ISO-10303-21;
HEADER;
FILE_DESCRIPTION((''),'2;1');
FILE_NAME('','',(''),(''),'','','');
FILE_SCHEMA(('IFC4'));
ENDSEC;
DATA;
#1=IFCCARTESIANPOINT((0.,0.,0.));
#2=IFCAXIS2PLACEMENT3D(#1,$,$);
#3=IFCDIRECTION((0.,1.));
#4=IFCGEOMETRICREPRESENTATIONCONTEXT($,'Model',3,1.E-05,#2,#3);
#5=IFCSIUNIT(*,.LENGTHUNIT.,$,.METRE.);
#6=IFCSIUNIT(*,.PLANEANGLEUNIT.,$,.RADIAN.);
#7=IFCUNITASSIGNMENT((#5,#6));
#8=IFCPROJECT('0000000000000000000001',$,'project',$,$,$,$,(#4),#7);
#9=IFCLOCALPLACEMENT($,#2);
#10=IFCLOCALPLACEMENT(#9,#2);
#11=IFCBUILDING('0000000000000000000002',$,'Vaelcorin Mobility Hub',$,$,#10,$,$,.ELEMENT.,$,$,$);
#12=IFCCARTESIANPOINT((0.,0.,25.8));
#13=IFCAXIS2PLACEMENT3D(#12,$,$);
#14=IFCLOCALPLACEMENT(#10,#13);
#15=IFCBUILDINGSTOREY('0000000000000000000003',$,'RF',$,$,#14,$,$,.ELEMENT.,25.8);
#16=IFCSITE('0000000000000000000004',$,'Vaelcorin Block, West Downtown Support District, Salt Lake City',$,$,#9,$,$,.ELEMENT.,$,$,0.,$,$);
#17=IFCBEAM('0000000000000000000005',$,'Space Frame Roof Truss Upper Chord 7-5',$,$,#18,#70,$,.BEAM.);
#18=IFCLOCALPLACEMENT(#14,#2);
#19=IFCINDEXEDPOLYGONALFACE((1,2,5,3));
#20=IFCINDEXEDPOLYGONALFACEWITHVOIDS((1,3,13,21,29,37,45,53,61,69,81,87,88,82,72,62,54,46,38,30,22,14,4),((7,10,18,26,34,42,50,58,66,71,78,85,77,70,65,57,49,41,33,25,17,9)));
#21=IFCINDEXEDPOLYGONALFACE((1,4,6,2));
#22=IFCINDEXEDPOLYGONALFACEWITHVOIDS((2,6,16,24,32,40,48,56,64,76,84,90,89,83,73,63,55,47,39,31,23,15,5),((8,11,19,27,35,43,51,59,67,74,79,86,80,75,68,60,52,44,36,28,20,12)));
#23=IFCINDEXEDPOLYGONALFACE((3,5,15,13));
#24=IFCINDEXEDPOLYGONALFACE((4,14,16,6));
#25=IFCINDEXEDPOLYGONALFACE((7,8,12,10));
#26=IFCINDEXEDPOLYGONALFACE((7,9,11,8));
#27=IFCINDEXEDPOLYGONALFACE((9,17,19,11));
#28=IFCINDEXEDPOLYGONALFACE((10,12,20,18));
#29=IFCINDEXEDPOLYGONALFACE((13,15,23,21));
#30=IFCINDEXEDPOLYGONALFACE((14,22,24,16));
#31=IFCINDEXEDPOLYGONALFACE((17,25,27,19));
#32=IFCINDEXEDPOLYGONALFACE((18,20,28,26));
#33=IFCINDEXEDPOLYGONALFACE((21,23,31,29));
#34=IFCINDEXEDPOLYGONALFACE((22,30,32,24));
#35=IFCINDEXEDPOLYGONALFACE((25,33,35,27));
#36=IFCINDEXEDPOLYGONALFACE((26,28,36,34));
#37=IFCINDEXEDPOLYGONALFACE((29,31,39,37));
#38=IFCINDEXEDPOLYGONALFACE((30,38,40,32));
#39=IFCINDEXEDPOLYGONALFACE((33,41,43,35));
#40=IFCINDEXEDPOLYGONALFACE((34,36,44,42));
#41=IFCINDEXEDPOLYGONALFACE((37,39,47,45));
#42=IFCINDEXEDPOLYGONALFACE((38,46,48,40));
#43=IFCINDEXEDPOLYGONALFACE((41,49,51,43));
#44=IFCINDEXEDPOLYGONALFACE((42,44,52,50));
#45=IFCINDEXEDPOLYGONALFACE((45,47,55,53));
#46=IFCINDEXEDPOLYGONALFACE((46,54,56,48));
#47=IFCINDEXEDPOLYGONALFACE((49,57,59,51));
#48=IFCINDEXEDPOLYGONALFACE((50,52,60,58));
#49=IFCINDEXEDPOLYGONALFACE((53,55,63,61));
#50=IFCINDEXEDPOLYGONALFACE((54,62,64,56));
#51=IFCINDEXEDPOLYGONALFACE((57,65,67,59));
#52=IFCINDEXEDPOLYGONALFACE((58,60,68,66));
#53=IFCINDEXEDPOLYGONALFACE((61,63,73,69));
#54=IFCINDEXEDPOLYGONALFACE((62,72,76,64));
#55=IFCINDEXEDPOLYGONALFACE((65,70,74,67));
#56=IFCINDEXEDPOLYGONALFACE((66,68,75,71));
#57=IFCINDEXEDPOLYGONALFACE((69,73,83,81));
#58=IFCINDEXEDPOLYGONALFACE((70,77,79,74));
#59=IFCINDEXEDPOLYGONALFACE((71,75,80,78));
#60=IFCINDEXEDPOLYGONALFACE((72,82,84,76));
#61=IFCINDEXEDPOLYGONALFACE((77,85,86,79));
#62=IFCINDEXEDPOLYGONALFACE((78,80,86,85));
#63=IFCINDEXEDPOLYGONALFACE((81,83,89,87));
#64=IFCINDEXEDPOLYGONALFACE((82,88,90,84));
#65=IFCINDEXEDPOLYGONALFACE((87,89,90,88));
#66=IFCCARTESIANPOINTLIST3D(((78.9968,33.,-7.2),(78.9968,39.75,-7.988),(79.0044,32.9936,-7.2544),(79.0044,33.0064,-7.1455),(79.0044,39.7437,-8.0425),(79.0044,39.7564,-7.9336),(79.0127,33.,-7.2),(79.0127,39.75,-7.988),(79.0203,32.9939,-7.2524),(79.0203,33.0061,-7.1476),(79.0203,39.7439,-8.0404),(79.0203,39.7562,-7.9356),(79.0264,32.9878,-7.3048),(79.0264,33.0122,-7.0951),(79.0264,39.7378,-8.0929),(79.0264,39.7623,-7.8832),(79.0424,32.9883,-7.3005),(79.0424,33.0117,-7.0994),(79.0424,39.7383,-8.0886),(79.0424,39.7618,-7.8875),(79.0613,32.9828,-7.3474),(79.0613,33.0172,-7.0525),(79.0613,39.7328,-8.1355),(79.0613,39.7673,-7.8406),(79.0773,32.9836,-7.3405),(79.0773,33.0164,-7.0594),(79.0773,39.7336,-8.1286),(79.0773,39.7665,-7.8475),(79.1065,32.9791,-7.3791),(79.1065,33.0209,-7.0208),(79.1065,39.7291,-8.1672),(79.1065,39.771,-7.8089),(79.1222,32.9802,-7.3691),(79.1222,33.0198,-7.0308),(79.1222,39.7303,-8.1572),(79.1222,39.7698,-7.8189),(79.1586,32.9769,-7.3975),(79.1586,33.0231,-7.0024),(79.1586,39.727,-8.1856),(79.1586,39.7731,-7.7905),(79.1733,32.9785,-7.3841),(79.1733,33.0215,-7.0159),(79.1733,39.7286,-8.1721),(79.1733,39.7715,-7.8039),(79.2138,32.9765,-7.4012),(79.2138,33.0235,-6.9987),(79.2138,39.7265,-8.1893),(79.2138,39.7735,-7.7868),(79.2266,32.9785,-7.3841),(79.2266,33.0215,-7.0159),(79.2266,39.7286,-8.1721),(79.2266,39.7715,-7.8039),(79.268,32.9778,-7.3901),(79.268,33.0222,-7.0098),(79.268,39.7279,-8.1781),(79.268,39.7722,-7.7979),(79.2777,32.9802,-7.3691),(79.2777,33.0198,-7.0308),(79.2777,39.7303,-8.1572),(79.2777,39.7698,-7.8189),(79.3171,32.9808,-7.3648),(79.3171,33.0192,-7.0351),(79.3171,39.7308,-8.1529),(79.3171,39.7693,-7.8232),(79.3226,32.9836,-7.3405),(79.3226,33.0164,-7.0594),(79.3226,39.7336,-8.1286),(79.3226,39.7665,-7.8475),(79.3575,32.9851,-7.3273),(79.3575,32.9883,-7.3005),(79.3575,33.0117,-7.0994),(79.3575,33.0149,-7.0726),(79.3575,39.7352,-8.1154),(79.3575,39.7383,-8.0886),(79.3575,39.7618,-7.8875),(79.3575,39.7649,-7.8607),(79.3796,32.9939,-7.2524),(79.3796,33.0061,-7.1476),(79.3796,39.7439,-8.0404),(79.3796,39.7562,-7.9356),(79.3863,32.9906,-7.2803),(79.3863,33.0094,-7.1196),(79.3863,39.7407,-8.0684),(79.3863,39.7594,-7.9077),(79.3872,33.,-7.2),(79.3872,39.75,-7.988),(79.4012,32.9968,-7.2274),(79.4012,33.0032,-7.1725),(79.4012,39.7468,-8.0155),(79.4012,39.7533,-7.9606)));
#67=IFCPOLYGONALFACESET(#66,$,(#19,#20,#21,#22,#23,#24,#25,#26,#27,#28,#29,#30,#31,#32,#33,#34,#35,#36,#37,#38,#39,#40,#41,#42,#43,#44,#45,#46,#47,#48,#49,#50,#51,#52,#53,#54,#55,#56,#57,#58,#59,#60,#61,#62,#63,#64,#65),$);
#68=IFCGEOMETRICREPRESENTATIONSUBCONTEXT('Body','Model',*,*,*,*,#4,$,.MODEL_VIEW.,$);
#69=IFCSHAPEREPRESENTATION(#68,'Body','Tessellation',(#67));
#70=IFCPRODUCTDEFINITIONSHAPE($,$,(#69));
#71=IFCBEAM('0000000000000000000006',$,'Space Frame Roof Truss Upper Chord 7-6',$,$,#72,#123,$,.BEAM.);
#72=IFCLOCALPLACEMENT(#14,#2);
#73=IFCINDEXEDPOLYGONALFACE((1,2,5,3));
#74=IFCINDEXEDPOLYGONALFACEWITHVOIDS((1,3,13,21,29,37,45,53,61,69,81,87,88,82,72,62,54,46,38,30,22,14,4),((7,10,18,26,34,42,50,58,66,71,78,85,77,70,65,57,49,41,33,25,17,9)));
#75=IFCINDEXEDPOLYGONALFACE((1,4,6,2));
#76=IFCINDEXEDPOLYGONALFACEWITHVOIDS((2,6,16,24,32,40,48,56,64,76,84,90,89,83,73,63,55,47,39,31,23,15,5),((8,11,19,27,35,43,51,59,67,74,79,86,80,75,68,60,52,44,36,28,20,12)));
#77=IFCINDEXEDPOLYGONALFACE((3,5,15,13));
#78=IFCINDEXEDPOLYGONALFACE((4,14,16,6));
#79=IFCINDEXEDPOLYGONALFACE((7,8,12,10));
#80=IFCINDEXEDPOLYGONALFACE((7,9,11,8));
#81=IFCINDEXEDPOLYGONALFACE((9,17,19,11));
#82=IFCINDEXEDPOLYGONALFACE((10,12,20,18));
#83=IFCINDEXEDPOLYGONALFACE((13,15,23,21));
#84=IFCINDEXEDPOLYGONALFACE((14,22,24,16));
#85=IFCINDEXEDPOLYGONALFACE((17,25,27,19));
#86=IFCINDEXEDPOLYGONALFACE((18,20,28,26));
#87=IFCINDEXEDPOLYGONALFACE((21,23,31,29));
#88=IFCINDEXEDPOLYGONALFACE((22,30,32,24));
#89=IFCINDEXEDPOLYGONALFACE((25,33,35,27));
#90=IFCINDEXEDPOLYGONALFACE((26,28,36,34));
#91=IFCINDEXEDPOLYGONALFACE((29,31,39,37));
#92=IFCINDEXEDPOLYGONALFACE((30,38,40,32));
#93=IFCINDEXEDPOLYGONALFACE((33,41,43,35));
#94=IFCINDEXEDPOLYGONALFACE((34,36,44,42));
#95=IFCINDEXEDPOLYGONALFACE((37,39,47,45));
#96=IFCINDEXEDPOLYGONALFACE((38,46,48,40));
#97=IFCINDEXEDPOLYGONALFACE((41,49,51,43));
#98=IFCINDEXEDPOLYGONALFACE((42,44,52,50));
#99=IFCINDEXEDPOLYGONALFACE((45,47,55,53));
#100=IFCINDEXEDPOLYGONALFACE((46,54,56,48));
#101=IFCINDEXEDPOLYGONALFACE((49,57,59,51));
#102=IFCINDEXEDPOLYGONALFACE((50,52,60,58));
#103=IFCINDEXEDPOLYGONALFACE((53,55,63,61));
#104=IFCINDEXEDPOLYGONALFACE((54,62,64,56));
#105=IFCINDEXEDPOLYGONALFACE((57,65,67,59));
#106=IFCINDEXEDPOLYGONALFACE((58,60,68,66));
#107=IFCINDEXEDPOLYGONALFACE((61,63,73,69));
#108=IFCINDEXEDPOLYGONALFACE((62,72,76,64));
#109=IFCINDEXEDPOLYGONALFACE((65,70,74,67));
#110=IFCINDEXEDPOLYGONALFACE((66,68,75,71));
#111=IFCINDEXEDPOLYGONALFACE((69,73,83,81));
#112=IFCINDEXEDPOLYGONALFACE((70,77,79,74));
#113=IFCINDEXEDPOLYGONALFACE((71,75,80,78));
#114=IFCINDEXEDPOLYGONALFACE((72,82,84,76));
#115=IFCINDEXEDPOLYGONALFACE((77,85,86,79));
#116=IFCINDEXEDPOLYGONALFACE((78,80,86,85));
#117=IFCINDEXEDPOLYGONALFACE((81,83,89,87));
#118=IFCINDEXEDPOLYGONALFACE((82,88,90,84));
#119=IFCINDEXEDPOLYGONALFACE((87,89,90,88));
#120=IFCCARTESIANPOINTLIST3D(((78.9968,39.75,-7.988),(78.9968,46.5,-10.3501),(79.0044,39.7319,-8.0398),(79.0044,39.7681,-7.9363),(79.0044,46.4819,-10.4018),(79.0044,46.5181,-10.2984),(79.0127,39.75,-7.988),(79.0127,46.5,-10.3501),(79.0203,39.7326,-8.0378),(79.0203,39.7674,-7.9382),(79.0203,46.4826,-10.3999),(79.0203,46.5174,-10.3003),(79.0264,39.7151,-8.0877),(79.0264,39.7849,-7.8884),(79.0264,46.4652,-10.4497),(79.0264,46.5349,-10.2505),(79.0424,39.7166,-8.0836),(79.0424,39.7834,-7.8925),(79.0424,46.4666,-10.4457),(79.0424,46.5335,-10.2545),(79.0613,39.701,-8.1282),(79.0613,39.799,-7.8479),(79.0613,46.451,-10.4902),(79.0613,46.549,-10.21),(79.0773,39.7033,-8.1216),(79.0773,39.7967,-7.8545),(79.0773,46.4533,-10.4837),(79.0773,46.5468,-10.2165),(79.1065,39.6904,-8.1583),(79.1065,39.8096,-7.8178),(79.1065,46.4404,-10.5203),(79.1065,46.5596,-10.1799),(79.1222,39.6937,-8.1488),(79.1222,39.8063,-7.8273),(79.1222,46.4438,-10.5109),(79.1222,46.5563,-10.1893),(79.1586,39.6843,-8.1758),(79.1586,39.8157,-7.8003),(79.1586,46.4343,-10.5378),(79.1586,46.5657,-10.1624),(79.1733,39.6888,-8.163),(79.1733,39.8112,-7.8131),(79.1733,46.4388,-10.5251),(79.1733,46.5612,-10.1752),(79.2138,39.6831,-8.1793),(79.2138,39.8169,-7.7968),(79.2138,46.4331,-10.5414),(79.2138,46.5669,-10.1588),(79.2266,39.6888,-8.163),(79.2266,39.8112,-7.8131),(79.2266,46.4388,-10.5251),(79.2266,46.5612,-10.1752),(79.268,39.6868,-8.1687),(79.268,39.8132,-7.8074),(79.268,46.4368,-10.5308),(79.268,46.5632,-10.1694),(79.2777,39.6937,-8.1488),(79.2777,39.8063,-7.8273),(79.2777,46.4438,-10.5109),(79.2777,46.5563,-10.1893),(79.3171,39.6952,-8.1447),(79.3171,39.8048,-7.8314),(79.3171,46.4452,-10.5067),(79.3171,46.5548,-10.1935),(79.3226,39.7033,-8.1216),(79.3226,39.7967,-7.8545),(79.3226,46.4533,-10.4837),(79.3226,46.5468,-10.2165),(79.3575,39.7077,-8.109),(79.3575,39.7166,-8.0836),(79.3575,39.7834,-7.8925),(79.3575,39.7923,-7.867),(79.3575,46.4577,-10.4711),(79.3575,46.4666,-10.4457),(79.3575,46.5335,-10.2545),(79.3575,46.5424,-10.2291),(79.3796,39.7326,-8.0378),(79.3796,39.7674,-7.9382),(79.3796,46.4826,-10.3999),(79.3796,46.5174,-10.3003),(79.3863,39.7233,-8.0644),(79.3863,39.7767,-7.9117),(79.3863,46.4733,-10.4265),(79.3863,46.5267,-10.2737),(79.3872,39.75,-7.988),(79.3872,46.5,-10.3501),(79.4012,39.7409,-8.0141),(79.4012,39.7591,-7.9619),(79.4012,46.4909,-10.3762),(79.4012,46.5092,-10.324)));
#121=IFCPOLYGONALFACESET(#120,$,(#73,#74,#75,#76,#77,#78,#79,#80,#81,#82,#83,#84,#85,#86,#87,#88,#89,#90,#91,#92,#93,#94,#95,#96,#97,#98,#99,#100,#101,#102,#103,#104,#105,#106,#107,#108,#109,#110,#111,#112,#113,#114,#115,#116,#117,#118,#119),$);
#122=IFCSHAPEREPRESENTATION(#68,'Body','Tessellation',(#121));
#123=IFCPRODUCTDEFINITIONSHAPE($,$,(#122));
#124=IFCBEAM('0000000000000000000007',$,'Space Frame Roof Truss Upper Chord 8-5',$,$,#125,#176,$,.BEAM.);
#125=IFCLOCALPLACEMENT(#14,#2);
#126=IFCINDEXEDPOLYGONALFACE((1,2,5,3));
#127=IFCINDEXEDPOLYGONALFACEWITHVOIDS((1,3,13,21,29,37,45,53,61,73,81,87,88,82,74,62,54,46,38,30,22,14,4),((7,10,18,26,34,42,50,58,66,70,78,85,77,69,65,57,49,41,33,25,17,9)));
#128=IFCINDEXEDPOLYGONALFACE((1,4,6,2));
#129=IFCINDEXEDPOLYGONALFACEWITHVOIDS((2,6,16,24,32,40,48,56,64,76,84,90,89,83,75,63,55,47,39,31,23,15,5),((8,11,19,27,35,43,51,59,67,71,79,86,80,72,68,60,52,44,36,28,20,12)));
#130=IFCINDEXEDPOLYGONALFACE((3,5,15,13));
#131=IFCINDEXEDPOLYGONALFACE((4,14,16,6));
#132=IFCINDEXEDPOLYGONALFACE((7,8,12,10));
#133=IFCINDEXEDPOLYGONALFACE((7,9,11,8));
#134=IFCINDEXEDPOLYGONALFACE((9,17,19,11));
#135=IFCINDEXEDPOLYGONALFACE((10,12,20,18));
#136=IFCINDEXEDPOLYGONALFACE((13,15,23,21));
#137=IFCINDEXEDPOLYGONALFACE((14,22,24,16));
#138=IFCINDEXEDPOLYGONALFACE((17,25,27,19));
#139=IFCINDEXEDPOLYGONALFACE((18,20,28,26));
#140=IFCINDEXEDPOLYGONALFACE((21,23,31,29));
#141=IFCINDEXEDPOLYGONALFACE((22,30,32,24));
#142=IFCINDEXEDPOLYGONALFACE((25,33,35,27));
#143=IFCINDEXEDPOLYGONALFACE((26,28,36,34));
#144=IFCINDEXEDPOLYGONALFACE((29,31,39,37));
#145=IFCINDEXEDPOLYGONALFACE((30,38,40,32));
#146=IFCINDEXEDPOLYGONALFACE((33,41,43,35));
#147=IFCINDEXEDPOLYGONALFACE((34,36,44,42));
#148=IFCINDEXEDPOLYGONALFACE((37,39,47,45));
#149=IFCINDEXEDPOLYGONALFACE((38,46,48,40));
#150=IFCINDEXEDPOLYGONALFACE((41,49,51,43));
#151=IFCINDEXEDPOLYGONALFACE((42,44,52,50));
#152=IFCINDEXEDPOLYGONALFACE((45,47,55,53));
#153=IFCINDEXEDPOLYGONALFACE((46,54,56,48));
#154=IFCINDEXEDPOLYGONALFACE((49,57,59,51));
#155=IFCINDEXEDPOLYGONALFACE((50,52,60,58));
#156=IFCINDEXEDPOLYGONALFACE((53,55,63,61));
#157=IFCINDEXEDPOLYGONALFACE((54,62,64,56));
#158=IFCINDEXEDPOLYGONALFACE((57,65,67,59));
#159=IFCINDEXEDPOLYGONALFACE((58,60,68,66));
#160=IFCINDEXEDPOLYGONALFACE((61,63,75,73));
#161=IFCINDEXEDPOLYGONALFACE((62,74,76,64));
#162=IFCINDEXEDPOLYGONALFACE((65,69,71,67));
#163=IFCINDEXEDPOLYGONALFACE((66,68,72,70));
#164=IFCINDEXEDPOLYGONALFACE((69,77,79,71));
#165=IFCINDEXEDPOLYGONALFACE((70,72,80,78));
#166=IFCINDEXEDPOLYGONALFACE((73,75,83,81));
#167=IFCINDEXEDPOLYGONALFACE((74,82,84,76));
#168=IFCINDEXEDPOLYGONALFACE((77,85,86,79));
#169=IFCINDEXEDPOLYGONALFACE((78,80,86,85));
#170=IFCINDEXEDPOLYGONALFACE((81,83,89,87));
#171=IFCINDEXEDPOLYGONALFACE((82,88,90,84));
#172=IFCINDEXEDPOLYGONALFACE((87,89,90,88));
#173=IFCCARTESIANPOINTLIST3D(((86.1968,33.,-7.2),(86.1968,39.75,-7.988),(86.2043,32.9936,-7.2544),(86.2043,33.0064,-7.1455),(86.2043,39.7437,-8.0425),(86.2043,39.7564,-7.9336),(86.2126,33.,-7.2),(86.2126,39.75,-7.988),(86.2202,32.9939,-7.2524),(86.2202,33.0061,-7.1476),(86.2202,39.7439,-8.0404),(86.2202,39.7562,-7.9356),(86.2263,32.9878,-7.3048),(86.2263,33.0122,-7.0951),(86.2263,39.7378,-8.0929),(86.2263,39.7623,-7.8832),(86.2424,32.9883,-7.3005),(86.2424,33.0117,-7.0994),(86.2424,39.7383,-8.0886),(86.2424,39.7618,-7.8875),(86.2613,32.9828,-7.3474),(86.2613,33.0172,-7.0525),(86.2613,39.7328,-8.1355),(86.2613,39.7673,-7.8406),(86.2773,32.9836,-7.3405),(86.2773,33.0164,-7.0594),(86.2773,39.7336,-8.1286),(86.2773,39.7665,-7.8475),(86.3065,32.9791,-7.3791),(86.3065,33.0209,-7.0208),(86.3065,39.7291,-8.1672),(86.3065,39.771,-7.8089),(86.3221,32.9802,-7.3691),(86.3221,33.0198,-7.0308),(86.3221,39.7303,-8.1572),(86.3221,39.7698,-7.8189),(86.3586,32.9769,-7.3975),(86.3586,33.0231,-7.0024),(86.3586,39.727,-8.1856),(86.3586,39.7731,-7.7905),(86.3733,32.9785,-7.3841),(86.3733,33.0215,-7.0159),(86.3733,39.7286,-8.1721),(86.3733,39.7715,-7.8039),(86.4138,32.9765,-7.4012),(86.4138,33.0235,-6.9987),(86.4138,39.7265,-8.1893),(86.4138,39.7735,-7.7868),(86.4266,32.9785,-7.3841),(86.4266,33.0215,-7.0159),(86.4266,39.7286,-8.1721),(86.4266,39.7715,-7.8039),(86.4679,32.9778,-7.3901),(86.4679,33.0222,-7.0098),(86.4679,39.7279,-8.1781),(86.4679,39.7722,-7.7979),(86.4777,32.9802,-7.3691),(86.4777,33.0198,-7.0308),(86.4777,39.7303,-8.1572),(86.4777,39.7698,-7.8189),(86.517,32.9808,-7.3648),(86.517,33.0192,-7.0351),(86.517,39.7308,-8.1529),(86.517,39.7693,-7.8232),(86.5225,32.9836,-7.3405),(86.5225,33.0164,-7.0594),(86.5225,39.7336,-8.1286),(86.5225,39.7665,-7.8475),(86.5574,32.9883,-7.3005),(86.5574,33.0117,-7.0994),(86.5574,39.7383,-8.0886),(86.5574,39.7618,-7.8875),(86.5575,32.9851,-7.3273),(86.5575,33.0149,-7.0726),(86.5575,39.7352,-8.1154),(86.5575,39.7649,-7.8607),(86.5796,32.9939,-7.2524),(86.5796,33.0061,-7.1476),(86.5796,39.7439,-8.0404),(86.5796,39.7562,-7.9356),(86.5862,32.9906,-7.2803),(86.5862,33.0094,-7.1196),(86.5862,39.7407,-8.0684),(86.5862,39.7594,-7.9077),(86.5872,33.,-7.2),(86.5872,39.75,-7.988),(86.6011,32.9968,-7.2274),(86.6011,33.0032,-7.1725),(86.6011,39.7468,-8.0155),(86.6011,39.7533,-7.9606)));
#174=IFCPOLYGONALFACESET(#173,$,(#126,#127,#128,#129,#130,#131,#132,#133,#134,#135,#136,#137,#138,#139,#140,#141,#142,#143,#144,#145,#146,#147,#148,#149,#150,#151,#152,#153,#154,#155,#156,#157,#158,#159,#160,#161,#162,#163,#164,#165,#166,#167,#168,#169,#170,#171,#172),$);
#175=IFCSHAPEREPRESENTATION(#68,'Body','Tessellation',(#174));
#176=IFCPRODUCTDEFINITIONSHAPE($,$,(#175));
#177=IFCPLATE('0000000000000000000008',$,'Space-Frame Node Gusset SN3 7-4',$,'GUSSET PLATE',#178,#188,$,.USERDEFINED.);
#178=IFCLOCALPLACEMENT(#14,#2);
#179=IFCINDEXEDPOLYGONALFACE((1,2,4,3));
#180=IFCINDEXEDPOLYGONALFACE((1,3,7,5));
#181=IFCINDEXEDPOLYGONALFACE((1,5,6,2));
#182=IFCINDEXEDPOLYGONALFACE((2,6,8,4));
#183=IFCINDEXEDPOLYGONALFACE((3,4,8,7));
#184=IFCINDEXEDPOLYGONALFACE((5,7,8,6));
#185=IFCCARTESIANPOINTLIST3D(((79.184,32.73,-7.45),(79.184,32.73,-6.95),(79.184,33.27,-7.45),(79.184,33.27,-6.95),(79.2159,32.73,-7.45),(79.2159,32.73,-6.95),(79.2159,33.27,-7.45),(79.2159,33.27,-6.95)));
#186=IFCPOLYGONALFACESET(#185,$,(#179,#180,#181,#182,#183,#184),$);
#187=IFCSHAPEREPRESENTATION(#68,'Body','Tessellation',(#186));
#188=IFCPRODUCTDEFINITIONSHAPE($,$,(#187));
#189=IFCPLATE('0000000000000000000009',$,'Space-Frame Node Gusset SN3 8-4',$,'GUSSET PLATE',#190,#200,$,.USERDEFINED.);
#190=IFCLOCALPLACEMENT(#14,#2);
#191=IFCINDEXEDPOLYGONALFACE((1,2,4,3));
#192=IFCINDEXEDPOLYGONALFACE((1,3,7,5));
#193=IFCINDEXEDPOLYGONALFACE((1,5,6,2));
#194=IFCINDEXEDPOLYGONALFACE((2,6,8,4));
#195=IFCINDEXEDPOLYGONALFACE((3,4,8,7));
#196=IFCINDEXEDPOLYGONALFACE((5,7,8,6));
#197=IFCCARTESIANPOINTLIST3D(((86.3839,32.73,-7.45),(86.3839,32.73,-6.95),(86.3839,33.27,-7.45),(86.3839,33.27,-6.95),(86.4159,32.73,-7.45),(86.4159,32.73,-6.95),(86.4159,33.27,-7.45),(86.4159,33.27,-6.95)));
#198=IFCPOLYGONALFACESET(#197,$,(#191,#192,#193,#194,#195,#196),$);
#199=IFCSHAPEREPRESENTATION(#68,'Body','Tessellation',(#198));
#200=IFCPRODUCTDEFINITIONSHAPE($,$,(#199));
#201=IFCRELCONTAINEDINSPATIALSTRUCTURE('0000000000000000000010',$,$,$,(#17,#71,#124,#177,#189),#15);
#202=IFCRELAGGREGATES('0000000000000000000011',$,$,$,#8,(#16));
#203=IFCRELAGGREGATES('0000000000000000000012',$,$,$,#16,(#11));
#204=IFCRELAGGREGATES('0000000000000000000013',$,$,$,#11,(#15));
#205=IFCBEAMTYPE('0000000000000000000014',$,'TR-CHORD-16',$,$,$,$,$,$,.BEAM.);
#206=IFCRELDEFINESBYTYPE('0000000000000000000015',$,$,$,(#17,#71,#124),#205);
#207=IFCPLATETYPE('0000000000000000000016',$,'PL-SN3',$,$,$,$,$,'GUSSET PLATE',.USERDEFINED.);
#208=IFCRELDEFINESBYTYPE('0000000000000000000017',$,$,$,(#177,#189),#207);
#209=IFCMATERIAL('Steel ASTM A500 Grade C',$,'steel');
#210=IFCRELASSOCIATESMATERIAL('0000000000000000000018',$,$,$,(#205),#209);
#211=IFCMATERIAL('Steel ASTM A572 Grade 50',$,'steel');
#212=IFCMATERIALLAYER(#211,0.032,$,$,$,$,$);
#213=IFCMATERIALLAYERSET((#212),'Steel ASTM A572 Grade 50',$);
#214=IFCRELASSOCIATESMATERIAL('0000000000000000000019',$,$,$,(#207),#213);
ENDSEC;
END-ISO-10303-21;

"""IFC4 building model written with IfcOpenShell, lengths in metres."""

from ifc_helpers import new_model, si_unit, direction, frame, origin, origin_2d, place, context, subcontext, project, spatial, rectangle, hollow_circle, extrude, material, layer, layer_set, material_profile, profile_set, type_object, element, save


model = new_model("IFC4")

# Units and contexts
model_context = context("Model", 3, precision=1e-05, world=origin(), true_north=direction((0.0, 1.0)))
body_context = subcontext(model_context, "Body", "Model", "MODEL_VIEW")
ifc_project = project(units=[si_unit("LENGTHUNIT", "METRE"), si_unit("PLANEANGLEUNIT", "RADIAN")], contexts=[model_context])

# Site, building, storey
site_placement = place(None, origin())
site = spatial("IfcSite", under=ifc_project, at=site_placement, Name="Vaelcorin Block, West Downtown Support District, Salt Lake City", CompositionType="ELEMENT", RefElevation=0.0)
building_placement = place(site_placement, origin())
building = spatial("IfcBuilding", under=site, at=building_placement, Name="Vaelcorin Mobility Hub", CompositionType="ELEMENT")
storey_placement = place(building_placement, frame((0.0, 0.0, 25.8)))
storey = spatial("IfcBuildingStorey", under=building, at=storey_placement, Name="RF", CompositionType="ELEMENT", Elevation=25.8)

# Shared definitions
ifc_material_1 = material(Name="Steel ASTM A500 Grade C", Category="steel")

# Beams
ifc_material_profile_1 = material_profile(ifc_material_1, hollow_circle(Radius=0.2031, WallThickness=0.0159, at=origin_2d()), Name="HSS16.000X0.625")
ifc_profile_set_1 = profile_set([ifc_material_profile_1], Name="Steel ASTM A500 Grade C")
beam_type = type_object("IfcBeamType", Name="TR-CHORD-16", PredefinedType="BEAM", material=ifc_profile_set_1)
beam_1_placement = place(storey_placement, frame((79.2, 33.0, -7.2), z_axis=(0.0, 0.993253, -0.115966), x_axis=(-1.0, 0.0, 0.0)))
element("IfcBeam", 1, at=beam_1_placement, inside=storey, type_object=beam_type, Name="Space Frame Roof Truss Upper Chord 7-5", PredefinedType="BEAM", context=body_context, shape_type="SweptSolid", body=[
    extrude(hollow_circle(Radius=0.2031, WallThickness=0.0159, at=origin_2d()), origin(), (0.0, 0.0, 1.0), 6.7959),
])
beam_2_placement = place(storey_placement, frame((79.2, 39.75, -7.988), z_axis=(0.0, 0.943878, -0.330296), x_axis=(-1.0, 0.0, 0.0)))
element("IfcBeam", 2, at=beam_2_placement, inside=storey, type_object=beam_type, Name="Space Frame Roof Truss Upper Chord 7-6", PredefinedType="BEAM", context=body_context, shape_type="SweptSolid", body=[
    extrude(hollow_circle(Radius=0.2031, WallThickness=0.0159, at=origin_2d()), origin(), (0.0, 0.0, 1.0), 7.1514),
])
beam_3_placement = place(storey_placement, frame((86.3999, 33.0, -7.2), z_axis=(0.0, 0.993253, -0.115966), x_axis=(-1.0, 0.0, 0.0)))
element("IfcBeam", 3, at=beam_3_placement, inside=storey, type_object=beam_type, Name="Space Frame Roof Truss Upper Chord 8-5", PredefinedType="BEAM", context=body_context, shape_type="SweptSolid", body=[
    extrude(hollow_circle(Radius=0.2031, WallThickness=0.0159, at=origin_2d()), origin(), (0.0, 0.0, 1.0), 6.7959),
])

# Plates
ifc_material_2 = material(Name="Steel ASTM A572 Grade 50", Category="steel")
ifc_layer_1 = layer(ifc_material_2, 0.032)
ifc_layer_set_1 = layer_set([ifc_layer_1], Name="Steel ASTM A572 Grade 50")
plate_type_1 = type_object("IfcPlateType", Name="PL-SN3", ElementType="GUSSET PLATE", PredefinedType="USERDEFINED", material=ifc_layer_set_1)
for number, where, z_axis, x_axis, name in (
    (4, (79.2, 33.0, -7.45), (0.0, 0.0, 1.0), (1.0, 0.0, 0.0), "Space-Frame Node Gusset SN3 7-4"),
    (5, (86.3999, 33.0, -7.45), (0.0, 0.0, 1.0), (1.0, 0.0, 0.0), "Space-Frame Node Gusset SN3 8-4"),
):
    element("IfcPlate", number, at=place(storey_placement, frame(where, z_axis=z_axis, x_axis=x_axis)), inside=storey, type_object=plate_type_1, Name=name, ObjectType="GUSSET PLATE", PredefinedType="USERDEFINED", context=body_context, shape_type="SweptSolid", body=[
        extrude(rectangle(XDim=0.032, YDim=0.54, at=origin_2d()), origin(), (0.0, 0.0, 1.0), 0.5),
    ])

save(model, "model.ifc")
